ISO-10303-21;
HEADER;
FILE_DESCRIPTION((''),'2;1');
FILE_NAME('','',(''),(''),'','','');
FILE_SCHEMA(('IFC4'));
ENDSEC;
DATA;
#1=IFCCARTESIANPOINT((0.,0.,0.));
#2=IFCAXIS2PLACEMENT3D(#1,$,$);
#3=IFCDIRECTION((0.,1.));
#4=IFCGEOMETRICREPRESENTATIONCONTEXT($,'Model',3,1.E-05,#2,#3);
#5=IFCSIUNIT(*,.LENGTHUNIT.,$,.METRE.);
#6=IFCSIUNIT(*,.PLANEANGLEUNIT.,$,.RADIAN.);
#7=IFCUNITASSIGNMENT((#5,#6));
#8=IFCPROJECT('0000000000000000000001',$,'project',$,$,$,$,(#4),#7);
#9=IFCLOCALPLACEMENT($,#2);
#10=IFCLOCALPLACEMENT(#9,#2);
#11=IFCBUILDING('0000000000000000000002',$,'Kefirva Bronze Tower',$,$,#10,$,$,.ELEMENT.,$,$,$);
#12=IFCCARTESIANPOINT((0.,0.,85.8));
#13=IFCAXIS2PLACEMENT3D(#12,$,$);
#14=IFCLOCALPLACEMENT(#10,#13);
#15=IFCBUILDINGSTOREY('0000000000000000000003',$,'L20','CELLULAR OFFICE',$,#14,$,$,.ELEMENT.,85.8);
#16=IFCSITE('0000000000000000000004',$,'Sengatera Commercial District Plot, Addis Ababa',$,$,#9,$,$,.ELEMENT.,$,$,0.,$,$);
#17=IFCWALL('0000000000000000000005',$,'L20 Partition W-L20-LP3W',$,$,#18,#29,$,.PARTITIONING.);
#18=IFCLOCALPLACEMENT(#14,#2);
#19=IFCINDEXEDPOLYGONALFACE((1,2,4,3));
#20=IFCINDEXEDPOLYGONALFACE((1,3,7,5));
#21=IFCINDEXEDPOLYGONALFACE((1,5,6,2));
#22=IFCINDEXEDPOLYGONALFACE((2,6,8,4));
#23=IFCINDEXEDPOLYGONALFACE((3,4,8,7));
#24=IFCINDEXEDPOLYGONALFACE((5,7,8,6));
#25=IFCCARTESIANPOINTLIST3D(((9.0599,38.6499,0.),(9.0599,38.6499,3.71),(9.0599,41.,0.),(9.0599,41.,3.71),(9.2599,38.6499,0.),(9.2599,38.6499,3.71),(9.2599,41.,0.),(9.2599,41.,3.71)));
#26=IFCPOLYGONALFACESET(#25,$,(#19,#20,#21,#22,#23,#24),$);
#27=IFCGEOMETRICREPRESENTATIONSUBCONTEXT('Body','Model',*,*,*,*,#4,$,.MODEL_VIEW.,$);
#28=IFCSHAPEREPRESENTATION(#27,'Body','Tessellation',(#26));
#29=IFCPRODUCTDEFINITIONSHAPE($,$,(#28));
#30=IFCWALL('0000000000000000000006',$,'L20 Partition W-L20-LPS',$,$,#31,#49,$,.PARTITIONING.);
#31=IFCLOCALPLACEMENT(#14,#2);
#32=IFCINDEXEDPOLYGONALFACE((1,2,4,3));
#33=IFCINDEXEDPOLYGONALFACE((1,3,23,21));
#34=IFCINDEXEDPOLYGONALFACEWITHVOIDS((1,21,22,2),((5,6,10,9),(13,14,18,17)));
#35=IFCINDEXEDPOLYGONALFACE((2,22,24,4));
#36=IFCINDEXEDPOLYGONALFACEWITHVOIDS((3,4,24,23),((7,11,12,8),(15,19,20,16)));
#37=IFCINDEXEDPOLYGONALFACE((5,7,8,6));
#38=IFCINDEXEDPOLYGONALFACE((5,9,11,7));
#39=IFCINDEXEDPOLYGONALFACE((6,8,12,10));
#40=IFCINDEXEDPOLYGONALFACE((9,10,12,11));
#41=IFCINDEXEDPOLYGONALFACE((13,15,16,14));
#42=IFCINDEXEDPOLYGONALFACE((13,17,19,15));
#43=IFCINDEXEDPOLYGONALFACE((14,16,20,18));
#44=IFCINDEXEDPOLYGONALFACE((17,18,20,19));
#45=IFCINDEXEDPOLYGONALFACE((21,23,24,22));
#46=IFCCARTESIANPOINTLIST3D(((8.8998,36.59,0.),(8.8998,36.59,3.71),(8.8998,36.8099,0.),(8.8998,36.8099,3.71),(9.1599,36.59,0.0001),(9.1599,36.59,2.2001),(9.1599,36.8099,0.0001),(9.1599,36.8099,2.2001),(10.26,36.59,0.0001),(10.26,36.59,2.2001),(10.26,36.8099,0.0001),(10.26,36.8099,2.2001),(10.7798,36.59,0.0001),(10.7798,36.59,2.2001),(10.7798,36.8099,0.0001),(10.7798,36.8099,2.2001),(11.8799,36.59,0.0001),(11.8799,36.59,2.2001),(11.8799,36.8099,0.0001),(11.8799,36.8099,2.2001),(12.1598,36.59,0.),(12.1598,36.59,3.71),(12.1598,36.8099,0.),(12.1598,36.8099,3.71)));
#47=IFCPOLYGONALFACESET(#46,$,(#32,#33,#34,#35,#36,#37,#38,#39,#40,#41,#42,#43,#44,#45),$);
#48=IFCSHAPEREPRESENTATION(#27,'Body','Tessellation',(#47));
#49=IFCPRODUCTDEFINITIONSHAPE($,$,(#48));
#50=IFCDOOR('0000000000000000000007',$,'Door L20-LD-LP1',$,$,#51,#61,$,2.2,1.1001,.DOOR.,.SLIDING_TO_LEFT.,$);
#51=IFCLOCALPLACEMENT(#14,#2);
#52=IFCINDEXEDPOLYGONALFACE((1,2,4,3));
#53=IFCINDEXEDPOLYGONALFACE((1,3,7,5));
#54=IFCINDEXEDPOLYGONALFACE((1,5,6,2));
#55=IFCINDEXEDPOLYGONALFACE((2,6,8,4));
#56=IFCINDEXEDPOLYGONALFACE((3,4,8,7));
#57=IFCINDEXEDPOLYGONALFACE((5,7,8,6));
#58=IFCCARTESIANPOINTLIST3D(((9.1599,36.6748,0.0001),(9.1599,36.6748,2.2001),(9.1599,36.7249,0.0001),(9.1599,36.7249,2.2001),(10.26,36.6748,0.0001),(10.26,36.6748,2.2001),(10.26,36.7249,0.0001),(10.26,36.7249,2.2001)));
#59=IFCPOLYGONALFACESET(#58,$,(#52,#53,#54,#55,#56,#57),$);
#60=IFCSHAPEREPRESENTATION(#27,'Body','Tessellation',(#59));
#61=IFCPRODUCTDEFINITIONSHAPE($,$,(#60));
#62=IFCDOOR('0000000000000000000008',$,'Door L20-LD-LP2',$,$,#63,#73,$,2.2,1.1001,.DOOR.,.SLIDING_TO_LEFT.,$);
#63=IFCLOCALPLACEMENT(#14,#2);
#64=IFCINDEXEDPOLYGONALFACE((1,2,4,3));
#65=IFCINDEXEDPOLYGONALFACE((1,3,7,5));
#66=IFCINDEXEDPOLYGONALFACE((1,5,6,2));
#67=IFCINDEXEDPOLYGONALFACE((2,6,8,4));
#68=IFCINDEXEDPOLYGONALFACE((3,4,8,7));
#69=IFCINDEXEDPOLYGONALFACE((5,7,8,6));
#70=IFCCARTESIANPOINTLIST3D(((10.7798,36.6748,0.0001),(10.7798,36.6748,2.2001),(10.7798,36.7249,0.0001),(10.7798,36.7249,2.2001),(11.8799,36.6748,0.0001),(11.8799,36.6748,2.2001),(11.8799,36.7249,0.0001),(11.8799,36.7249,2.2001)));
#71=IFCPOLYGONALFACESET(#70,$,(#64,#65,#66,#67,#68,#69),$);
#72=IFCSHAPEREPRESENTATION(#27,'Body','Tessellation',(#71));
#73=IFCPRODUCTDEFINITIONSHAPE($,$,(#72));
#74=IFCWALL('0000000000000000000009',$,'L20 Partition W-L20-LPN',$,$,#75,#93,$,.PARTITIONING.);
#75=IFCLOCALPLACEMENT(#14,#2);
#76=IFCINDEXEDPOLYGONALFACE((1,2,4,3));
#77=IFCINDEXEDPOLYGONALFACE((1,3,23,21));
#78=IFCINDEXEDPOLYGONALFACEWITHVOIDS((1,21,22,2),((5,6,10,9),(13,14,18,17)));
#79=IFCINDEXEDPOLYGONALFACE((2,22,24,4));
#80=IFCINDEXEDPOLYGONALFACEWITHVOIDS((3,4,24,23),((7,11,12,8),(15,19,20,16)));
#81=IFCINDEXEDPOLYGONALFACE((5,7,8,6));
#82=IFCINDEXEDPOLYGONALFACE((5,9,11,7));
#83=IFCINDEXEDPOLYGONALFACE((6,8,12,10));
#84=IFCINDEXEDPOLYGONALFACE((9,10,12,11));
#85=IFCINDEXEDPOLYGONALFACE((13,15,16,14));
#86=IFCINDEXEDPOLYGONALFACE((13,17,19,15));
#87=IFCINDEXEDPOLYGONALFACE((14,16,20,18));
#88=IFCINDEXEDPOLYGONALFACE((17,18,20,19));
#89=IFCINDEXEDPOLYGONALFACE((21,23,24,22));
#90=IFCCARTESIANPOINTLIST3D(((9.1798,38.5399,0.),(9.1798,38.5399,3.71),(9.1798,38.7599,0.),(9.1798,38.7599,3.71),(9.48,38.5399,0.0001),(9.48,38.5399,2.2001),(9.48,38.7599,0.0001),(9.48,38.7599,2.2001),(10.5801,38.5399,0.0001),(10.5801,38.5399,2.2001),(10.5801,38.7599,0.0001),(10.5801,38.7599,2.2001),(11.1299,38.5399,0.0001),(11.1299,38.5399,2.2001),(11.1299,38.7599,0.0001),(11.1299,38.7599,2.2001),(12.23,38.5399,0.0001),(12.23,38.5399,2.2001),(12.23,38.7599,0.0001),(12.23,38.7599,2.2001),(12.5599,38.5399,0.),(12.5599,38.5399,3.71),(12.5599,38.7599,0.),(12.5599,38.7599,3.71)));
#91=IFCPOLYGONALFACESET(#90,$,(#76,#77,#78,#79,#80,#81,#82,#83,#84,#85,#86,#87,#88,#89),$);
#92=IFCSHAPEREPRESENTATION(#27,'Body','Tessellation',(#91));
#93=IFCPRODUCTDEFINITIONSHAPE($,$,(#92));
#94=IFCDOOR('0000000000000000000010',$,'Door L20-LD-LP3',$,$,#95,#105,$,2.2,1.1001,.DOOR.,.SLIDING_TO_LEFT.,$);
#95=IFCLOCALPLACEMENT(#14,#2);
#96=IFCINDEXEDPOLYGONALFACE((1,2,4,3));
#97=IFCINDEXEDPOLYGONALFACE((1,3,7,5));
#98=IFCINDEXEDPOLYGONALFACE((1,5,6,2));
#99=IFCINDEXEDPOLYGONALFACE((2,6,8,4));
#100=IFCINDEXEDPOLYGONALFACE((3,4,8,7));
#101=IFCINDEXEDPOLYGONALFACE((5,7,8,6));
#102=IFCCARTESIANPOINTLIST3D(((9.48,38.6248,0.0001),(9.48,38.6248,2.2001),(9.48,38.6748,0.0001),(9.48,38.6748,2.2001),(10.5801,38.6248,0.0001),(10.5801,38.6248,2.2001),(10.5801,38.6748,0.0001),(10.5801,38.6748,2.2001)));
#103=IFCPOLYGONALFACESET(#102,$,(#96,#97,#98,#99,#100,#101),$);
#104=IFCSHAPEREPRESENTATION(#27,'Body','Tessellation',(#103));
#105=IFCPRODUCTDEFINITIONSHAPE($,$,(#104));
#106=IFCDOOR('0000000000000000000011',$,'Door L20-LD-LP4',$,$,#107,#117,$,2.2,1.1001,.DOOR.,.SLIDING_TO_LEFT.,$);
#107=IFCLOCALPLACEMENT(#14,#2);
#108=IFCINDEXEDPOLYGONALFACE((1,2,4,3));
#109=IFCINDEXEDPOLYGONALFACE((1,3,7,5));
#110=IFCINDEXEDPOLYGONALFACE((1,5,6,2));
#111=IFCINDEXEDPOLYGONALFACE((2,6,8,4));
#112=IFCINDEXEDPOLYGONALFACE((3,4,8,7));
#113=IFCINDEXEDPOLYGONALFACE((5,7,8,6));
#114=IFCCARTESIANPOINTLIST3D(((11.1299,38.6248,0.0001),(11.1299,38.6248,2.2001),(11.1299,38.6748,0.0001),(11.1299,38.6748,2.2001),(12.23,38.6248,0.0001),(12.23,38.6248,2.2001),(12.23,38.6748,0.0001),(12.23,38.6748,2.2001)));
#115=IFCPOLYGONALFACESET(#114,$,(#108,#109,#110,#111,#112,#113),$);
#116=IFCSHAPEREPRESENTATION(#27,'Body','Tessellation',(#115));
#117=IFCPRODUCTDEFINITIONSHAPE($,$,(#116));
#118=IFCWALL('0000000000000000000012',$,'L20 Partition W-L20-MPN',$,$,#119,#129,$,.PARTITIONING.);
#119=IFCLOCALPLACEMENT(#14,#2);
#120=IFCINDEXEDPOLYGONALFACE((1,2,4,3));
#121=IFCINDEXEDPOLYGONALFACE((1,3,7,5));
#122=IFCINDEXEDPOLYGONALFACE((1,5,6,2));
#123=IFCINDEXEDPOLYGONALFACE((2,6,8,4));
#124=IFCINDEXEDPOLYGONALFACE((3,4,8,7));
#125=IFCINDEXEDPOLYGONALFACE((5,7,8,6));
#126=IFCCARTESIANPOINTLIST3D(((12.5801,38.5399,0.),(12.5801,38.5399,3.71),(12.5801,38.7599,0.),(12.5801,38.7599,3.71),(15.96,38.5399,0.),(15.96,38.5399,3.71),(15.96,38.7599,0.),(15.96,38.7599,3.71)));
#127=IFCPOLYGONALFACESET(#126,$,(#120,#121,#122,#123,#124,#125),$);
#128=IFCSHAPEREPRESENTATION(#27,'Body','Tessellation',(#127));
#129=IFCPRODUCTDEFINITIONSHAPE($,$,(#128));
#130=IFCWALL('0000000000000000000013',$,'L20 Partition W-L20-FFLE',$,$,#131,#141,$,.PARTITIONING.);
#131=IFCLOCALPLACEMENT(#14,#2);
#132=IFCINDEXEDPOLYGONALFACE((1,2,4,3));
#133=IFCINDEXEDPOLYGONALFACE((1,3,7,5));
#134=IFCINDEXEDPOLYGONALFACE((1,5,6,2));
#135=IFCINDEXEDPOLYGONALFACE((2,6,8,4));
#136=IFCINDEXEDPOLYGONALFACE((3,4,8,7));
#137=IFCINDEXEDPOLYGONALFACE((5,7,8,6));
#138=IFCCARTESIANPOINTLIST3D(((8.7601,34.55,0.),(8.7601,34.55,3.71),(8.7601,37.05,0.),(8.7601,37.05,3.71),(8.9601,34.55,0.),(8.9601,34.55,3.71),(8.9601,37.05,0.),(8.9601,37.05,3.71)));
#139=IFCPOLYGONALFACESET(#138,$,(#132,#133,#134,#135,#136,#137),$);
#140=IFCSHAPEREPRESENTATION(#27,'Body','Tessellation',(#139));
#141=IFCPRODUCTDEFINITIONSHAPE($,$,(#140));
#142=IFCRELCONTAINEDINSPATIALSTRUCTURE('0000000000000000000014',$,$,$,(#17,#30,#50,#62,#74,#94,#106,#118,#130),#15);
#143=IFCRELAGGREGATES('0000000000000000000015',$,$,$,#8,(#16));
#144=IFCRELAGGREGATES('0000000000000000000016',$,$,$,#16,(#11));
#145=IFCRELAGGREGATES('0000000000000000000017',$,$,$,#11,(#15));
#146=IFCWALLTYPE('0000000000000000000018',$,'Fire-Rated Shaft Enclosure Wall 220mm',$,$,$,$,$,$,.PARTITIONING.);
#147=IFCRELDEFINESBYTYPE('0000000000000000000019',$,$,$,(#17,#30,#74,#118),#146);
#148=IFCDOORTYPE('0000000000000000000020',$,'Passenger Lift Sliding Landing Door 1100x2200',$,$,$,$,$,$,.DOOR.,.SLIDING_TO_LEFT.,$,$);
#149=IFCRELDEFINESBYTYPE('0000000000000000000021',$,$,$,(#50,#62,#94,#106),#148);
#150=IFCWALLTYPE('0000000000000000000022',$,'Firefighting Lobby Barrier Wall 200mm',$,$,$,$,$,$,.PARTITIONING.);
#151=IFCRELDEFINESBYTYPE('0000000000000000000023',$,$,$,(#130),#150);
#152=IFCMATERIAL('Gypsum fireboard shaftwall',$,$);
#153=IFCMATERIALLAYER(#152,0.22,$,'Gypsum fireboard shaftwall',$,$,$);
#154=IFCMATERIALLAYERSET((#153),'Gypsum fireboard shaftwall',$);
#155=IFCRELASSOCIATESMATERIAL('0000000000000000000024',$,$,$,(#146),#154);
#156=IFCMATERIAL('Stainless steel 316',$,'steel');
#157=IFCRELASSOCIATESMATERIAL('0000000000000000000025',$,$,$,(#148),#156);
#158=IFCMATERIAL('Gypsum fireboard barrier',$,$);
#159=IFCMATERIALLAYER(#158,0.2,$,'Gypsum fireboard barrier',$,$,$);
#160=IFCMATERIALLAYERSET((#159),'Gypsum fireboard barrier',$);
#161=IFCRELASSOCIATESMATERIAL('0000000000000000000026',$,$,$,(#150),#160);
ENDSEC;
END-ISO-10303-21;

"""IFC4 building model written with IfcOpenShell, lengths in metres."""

from ifc_helpers import new_model, si_unit, direction, frame, frame_2d, origin, place, context, subcontext, project, spatial, rectangle, extrude, material, layer, layer_set, type_object, element, fill, save


model = new_model("IFC4")

# Units and contexts
model_context = context("Model", 3, precision=1e-05, world=origin(), true_north=direction((0.0, 1.0)))
body_context = subcontext(model_context, "Body", "Model", "MODEL_VIEW")
ifc_project = project(units=[si_unit("LENGTHUNIT", "METRE"), si_unit("PLANEANGLEUNIT", "RADIAN")], contexts=[model_context])

# Site, building, storey
site_placement = place(None, origin())
site = spatial("IfcSite", under=ifc_project, at=site_placement, Name="Sengatera Commercial District Plot, Addis Ababa", CompositionType="ELEMENT", RefElevation=0.0)
building_placement = place(site_placement, origin())
building = spatial("IfcBuilding", under=site, at=building_placement, Name="Kefirva Bronze Tower", CompositionType="ELEMENT")
storey_placement = place(building_placement, frame((0.0, 0.0, 85.8)))
storey = spatial("IfcBuildingStorey", under=building, at=storey_placement, Name="L20", Description="CELLULAR OFFICE", CompositionType="ELEMENT", Elevation=85.8)

# Shared definitions
ifc_material_1 = material(Name="Gypsum fireboard shaftwall")
ifc_layer_1 = layer(ifc_material_1, 0.22, Name="Gypsum fireboard shaftwall")
ifc_layer_set_1 = layer_set([ifc_layer_1], Name="Gypsum fireboard shaftwall")
wall_type_1 = type_object("IfcWallType", Name="Fire-Rated Shaft Enclosure Wall 220mm", PredefinedType="PARTITIONING", material=ifc_layer_set_1)
ifc_material_2 = material(Name="Stainless steel 316", Category="steel")

# Wall
wall_1_placement = place(storey_placement, frame((9.1599, 38.6499, 0.0), z_axis=(0.0, 0.0, 1.0), x_axis=(0.0, 1.0, 0.0)))
element("IfcWall", 1, at=wall_1_placement, inside=storey, type_object=wall_type_1, Name="L20 Partition W-L20-LP3W", PredefinedType="PARTITIONING", context=body_context, shape_type="SweptSolid", body=[
    extrude(rectangle(XDim=2.3501, YDim=0.2, at=frame_2d((1.175, 0.0))), origin(), (0.0, 0.0, 1.0), 3.71),
])

# Walls, openings, doors
wall_2_placement = place(storey_placement, frame((8.8999, 36.7, 0.0), z_axis=(0.0, 0.0, 1.0), x_axis=(1.0, 0.0, 0.0)))
wall_2 = element("IfcWall", 2, at=wall_2_placement, inside=storey, type_object=wall_type_1, Name="L20 Partition W-L20-LPS", PredefinedType="PARTITIONING", context=body_context, shape_type="SweptSolid", body=[
    extrude(rectangle(XDim=3.26, YDim=0.22, at=frame_2d((1.6299, 0.0))), origin(), (0.0, 0.0, 1.0), 3.71),
])
opening_1_placement = place(wall_2_placement, frame((0.26, 0.0, 0.0)))
opening_1 = element("IfcOpeningElement", 3, at=opening_1_placement, cuts=wall_2, PredefinedType="OPENING", context=body_context, shape_type="SweptSolid", body=[
    extrude(rectangle(XDim=1.1001, YDim=2.2, at=frame_2d((0.55, 1.1001))), frame((0.0, 0.1201, 0.0), z_axis=(0.0, -1.0, 0.0), x_axis=(1.0, 0.0, 0.0)), (0.0, 0.0, 1.0), 0.24),
])
opening_2_placement = place(wall_2_placement, frame((1.8799, 0.0, 0.0)))
opening_2 = element("IfcOpeningElement", 4, at=opening_2_placement, cuts=wall_2, PredefinedType="OPENING", context=body_context, shape_type="SweptSolid", body=[
    extrude(rectangle(XDim=1.1001, YDim=2.2, at=frame_2d((0.55, 1.1001))), frame((0.0, 0.1201, 0.0), z_axis=(0.0, -1.0, 0.0), x_axis=(1.0, 0.0, 0.0)), (0.0, 0.0, 1.0), 0.24),
])
door_type_1 = type_object("IfcDoorType", Name="Passenger Lift Sliding Landing Door 1100x2200", OperationType="SLIDING_TO_LEFT", PredefinedType="DOOR", material=ifc_material_2)
door_1_placement = place(opening_1_placement, origin())
door_1 = element("IfcDoor", 5, at=door_1_placement, inside=storey, type_object=door_type_1, Name="Door L20-LD-LP1", OperationType="SLIDING_TO_LEFT", OverallHeight=2.2, OverallWidth=1.1001, PredefinedType="DOOR", context=body_context, shape_type="SweptSolid", body=[
    extrude(rectangle(XDim=1.1001, YDim=2.2, at=frame_2d((0.55, 1.1001))), frame((0.0, 0.0249, 0.0), z_axis=(0.0, -1.0, 0.0), x_axis=(1.0, 0.0, 0.0)), (0.0, 0.0, 1.0), 0.05),
])
fill(opening_1, door_1)
door_2_placement = place(opening_2_placement, origin())
door_2 = element("IfcDoor", 6, at=door_2_placement, inside=storey, type_object=door_type_1, Name="Door L20-LD-LP2", OperationType="SLIDING_TO_LEFT", OverallHeight=2.2, OverallWidth=1.1001, PredefinedType="DOOR", context=body_context, shape_type="SweptSolid", body=[
    extrude(rectangle(XDim=1.1001, YDim=2.2, at=frame_2d((0.55, 1.1001))), frame((0.0, 0.0249, 0.0), z_axis=(0.0, -1.0, 0.0), x_axis=(1.0, 0.0, 0.0)), (0.0, 0.0, 1.0), 0.05),
])
fill(opening_2, door_2)
wall_3_placement = place(storey_placement, frame((9.1799, 38.6499, 0.0), z_axis=(0.0, 0.0, 1.0), x_axis=(1.0, 0.0, 0.0)))
wall_3 = element("IfcWall", 7, at=wall_3_placement, inside=storey, type_object=wall_type_1, Name="L20 Partition W-L20-LPN", PredefinedType="PARTITIONING", context=body_context, shape_type="SweptSolid", body=[
    extrude(rectangle(XDim=3.3801, YDim=0.22, at=frame_2d((1.6899, 0.0))), origin(), (0.0, 0.0, 1.0), 3.71),
])
opening_3_placement = place(wall_3_placement, frame((0.3, 0.0, 0.0)))
opening_3 = element("IfcOpeningElement", 8, at=opening_3_placement, cuts=wall_3, PredefinedType="OPENING", context=body_context, shape_type="SweptSolid", body=[
    extrude(rectangle(XDim=1.1001, YDim=2.2, at=frame_2d((0.55, 1.1001))), frame((0.0, 0.1201, 0.0), z_axis=(0.0, -1.0, 0.0), x_axis=(1.0, 0.0, 0.0)), (0.0, 0.0, 1.0), 0.24),
])
opening_4_placement = place(wall_3_placement, frame((1.95, 0.0, 0.0)))
opening_4 = element("IfcOpeningElement", 9, at=opening_4_placement, cuts=wall_3, PredefinedType="OPENING", context=body_context, shape_type="SweptSolid", body=[
    extrude(rectangle(XDim=1.1001, YDim=2.2, at=frame_2d((0.55, 1.1001))), frame((0.0, 0.1201, 0.0), z_axis=(0.0, -1.0, 0.0), x_axis=(1.0, 0.0, 0.0)), (0.0, 0.0, 1.0), 0.24),
])
door_3_placement = place(opening_3_placement, origin())
door_3 = element("IfcDoor", 10, at=door_3_placement, inside=storey, type_object=door_type_1, Name="Door L20-LD-LP3", OperationType="SLIDING_TO_LEFT", OverallHeight=2.2, OverallWidth=1.1001, PredefinedType="DOOR", context=body_context, shape_type="SweptSolid", body=[
    extrude(rectangle(XDim=1.1001, YDim=2.2, at=frame_2d((0.55, 1.1001))), frame((0.0, 0.0249, 0.0), z_axis=(0.0, -1.0, 0.0), x_axis=(1.0, 0.0, 0.0)), (0.0, 0.0, 1.0), 0.05),
])
fill(opening_3, door_3)
door_4_placement = place(opening_4_placement, origin())
door_4 = element("IfcDoor", 11, at=door_4_placement, inside=storey, type_object=door_type_1, Name="Door L20-LD-LP4", OperationType="SLIDING_TO_LEFT", OverallHeight=2.2, OverallWidth=1.1001, PredefinedType="DOOR", context=body_context, shape_type="SweptSolid", body=[
    extrude(rectangle(XDim=1.1001, YDim=2.2, at=frame_2d((0.55, 1.1001))), frame((0.0, 0.0249, 0.0), z_axis=(0.0, -1.0, 0.0), x_axis=(1.0, 0.0, 0.0)), (0.0, 0.0, 1.0), 0.05),
])
fill(opening_4, door_4)

# Walls
wall_4_placement = place(storey_placement, frame((12.5801, 38.6499, 0.0), z_axis=(0.0, 0.0, 1.0), x_axis=(1.0, 0.0, 0.0)))
element("IfcWall", 12, at=wall_4_placement, inside=storey, type_object=wall_type_1, Name="L20 Partition W-L20-MPN", PredefinedType="PARTITIONING", context=body_context, shape_type="SweptSolid", body=[
    extrude(rectangle(XDim=3.3799, YDim=0.22, at=frame_2d((1.6899, 0.0))), origin(), (0.0, 0.0, 1.0), 3.71),
])
ifc_material_3 = material(Name="Gypsum fireboard barrier")
ifc_layer_2 = layer(ifc_material_3, 0.2, Name="Gypsum fireboard barrier")
ifc_layer_set_2 = layer_set([ifc_layer_2], Name="Gypsum fireboard barrier")
wall_type_2 = type_object("IfcWallType", Name="Firefighting Lobby Barrier Wall 200mm", PredefinedType="PARTITIONING", material=ifc_layer_set_2)
wall_5_placement = place(storey_placement, frame((8.8601, 34.55, 0.0), z_axis=(0.0, 0.0, 1.0), x_axis=(0.0, 1.0, 0.0)))
element("IfcWall", 13, at=wall_5_placement, inside=storey, type_object=wall_type_2, Name="L20 Partition W-L20-FFLE", PredefinedType="PARTITIONING", context=body_context, shape_type="SweptSolid", body=[
    extrude(rectangle(XDim=2.5, YDim=0.2, at=frame_2d((1.25, 0.0))), origin(), (0.0, 0.0, 1.0), 3.71),
])

save(model, "model.ifc")
